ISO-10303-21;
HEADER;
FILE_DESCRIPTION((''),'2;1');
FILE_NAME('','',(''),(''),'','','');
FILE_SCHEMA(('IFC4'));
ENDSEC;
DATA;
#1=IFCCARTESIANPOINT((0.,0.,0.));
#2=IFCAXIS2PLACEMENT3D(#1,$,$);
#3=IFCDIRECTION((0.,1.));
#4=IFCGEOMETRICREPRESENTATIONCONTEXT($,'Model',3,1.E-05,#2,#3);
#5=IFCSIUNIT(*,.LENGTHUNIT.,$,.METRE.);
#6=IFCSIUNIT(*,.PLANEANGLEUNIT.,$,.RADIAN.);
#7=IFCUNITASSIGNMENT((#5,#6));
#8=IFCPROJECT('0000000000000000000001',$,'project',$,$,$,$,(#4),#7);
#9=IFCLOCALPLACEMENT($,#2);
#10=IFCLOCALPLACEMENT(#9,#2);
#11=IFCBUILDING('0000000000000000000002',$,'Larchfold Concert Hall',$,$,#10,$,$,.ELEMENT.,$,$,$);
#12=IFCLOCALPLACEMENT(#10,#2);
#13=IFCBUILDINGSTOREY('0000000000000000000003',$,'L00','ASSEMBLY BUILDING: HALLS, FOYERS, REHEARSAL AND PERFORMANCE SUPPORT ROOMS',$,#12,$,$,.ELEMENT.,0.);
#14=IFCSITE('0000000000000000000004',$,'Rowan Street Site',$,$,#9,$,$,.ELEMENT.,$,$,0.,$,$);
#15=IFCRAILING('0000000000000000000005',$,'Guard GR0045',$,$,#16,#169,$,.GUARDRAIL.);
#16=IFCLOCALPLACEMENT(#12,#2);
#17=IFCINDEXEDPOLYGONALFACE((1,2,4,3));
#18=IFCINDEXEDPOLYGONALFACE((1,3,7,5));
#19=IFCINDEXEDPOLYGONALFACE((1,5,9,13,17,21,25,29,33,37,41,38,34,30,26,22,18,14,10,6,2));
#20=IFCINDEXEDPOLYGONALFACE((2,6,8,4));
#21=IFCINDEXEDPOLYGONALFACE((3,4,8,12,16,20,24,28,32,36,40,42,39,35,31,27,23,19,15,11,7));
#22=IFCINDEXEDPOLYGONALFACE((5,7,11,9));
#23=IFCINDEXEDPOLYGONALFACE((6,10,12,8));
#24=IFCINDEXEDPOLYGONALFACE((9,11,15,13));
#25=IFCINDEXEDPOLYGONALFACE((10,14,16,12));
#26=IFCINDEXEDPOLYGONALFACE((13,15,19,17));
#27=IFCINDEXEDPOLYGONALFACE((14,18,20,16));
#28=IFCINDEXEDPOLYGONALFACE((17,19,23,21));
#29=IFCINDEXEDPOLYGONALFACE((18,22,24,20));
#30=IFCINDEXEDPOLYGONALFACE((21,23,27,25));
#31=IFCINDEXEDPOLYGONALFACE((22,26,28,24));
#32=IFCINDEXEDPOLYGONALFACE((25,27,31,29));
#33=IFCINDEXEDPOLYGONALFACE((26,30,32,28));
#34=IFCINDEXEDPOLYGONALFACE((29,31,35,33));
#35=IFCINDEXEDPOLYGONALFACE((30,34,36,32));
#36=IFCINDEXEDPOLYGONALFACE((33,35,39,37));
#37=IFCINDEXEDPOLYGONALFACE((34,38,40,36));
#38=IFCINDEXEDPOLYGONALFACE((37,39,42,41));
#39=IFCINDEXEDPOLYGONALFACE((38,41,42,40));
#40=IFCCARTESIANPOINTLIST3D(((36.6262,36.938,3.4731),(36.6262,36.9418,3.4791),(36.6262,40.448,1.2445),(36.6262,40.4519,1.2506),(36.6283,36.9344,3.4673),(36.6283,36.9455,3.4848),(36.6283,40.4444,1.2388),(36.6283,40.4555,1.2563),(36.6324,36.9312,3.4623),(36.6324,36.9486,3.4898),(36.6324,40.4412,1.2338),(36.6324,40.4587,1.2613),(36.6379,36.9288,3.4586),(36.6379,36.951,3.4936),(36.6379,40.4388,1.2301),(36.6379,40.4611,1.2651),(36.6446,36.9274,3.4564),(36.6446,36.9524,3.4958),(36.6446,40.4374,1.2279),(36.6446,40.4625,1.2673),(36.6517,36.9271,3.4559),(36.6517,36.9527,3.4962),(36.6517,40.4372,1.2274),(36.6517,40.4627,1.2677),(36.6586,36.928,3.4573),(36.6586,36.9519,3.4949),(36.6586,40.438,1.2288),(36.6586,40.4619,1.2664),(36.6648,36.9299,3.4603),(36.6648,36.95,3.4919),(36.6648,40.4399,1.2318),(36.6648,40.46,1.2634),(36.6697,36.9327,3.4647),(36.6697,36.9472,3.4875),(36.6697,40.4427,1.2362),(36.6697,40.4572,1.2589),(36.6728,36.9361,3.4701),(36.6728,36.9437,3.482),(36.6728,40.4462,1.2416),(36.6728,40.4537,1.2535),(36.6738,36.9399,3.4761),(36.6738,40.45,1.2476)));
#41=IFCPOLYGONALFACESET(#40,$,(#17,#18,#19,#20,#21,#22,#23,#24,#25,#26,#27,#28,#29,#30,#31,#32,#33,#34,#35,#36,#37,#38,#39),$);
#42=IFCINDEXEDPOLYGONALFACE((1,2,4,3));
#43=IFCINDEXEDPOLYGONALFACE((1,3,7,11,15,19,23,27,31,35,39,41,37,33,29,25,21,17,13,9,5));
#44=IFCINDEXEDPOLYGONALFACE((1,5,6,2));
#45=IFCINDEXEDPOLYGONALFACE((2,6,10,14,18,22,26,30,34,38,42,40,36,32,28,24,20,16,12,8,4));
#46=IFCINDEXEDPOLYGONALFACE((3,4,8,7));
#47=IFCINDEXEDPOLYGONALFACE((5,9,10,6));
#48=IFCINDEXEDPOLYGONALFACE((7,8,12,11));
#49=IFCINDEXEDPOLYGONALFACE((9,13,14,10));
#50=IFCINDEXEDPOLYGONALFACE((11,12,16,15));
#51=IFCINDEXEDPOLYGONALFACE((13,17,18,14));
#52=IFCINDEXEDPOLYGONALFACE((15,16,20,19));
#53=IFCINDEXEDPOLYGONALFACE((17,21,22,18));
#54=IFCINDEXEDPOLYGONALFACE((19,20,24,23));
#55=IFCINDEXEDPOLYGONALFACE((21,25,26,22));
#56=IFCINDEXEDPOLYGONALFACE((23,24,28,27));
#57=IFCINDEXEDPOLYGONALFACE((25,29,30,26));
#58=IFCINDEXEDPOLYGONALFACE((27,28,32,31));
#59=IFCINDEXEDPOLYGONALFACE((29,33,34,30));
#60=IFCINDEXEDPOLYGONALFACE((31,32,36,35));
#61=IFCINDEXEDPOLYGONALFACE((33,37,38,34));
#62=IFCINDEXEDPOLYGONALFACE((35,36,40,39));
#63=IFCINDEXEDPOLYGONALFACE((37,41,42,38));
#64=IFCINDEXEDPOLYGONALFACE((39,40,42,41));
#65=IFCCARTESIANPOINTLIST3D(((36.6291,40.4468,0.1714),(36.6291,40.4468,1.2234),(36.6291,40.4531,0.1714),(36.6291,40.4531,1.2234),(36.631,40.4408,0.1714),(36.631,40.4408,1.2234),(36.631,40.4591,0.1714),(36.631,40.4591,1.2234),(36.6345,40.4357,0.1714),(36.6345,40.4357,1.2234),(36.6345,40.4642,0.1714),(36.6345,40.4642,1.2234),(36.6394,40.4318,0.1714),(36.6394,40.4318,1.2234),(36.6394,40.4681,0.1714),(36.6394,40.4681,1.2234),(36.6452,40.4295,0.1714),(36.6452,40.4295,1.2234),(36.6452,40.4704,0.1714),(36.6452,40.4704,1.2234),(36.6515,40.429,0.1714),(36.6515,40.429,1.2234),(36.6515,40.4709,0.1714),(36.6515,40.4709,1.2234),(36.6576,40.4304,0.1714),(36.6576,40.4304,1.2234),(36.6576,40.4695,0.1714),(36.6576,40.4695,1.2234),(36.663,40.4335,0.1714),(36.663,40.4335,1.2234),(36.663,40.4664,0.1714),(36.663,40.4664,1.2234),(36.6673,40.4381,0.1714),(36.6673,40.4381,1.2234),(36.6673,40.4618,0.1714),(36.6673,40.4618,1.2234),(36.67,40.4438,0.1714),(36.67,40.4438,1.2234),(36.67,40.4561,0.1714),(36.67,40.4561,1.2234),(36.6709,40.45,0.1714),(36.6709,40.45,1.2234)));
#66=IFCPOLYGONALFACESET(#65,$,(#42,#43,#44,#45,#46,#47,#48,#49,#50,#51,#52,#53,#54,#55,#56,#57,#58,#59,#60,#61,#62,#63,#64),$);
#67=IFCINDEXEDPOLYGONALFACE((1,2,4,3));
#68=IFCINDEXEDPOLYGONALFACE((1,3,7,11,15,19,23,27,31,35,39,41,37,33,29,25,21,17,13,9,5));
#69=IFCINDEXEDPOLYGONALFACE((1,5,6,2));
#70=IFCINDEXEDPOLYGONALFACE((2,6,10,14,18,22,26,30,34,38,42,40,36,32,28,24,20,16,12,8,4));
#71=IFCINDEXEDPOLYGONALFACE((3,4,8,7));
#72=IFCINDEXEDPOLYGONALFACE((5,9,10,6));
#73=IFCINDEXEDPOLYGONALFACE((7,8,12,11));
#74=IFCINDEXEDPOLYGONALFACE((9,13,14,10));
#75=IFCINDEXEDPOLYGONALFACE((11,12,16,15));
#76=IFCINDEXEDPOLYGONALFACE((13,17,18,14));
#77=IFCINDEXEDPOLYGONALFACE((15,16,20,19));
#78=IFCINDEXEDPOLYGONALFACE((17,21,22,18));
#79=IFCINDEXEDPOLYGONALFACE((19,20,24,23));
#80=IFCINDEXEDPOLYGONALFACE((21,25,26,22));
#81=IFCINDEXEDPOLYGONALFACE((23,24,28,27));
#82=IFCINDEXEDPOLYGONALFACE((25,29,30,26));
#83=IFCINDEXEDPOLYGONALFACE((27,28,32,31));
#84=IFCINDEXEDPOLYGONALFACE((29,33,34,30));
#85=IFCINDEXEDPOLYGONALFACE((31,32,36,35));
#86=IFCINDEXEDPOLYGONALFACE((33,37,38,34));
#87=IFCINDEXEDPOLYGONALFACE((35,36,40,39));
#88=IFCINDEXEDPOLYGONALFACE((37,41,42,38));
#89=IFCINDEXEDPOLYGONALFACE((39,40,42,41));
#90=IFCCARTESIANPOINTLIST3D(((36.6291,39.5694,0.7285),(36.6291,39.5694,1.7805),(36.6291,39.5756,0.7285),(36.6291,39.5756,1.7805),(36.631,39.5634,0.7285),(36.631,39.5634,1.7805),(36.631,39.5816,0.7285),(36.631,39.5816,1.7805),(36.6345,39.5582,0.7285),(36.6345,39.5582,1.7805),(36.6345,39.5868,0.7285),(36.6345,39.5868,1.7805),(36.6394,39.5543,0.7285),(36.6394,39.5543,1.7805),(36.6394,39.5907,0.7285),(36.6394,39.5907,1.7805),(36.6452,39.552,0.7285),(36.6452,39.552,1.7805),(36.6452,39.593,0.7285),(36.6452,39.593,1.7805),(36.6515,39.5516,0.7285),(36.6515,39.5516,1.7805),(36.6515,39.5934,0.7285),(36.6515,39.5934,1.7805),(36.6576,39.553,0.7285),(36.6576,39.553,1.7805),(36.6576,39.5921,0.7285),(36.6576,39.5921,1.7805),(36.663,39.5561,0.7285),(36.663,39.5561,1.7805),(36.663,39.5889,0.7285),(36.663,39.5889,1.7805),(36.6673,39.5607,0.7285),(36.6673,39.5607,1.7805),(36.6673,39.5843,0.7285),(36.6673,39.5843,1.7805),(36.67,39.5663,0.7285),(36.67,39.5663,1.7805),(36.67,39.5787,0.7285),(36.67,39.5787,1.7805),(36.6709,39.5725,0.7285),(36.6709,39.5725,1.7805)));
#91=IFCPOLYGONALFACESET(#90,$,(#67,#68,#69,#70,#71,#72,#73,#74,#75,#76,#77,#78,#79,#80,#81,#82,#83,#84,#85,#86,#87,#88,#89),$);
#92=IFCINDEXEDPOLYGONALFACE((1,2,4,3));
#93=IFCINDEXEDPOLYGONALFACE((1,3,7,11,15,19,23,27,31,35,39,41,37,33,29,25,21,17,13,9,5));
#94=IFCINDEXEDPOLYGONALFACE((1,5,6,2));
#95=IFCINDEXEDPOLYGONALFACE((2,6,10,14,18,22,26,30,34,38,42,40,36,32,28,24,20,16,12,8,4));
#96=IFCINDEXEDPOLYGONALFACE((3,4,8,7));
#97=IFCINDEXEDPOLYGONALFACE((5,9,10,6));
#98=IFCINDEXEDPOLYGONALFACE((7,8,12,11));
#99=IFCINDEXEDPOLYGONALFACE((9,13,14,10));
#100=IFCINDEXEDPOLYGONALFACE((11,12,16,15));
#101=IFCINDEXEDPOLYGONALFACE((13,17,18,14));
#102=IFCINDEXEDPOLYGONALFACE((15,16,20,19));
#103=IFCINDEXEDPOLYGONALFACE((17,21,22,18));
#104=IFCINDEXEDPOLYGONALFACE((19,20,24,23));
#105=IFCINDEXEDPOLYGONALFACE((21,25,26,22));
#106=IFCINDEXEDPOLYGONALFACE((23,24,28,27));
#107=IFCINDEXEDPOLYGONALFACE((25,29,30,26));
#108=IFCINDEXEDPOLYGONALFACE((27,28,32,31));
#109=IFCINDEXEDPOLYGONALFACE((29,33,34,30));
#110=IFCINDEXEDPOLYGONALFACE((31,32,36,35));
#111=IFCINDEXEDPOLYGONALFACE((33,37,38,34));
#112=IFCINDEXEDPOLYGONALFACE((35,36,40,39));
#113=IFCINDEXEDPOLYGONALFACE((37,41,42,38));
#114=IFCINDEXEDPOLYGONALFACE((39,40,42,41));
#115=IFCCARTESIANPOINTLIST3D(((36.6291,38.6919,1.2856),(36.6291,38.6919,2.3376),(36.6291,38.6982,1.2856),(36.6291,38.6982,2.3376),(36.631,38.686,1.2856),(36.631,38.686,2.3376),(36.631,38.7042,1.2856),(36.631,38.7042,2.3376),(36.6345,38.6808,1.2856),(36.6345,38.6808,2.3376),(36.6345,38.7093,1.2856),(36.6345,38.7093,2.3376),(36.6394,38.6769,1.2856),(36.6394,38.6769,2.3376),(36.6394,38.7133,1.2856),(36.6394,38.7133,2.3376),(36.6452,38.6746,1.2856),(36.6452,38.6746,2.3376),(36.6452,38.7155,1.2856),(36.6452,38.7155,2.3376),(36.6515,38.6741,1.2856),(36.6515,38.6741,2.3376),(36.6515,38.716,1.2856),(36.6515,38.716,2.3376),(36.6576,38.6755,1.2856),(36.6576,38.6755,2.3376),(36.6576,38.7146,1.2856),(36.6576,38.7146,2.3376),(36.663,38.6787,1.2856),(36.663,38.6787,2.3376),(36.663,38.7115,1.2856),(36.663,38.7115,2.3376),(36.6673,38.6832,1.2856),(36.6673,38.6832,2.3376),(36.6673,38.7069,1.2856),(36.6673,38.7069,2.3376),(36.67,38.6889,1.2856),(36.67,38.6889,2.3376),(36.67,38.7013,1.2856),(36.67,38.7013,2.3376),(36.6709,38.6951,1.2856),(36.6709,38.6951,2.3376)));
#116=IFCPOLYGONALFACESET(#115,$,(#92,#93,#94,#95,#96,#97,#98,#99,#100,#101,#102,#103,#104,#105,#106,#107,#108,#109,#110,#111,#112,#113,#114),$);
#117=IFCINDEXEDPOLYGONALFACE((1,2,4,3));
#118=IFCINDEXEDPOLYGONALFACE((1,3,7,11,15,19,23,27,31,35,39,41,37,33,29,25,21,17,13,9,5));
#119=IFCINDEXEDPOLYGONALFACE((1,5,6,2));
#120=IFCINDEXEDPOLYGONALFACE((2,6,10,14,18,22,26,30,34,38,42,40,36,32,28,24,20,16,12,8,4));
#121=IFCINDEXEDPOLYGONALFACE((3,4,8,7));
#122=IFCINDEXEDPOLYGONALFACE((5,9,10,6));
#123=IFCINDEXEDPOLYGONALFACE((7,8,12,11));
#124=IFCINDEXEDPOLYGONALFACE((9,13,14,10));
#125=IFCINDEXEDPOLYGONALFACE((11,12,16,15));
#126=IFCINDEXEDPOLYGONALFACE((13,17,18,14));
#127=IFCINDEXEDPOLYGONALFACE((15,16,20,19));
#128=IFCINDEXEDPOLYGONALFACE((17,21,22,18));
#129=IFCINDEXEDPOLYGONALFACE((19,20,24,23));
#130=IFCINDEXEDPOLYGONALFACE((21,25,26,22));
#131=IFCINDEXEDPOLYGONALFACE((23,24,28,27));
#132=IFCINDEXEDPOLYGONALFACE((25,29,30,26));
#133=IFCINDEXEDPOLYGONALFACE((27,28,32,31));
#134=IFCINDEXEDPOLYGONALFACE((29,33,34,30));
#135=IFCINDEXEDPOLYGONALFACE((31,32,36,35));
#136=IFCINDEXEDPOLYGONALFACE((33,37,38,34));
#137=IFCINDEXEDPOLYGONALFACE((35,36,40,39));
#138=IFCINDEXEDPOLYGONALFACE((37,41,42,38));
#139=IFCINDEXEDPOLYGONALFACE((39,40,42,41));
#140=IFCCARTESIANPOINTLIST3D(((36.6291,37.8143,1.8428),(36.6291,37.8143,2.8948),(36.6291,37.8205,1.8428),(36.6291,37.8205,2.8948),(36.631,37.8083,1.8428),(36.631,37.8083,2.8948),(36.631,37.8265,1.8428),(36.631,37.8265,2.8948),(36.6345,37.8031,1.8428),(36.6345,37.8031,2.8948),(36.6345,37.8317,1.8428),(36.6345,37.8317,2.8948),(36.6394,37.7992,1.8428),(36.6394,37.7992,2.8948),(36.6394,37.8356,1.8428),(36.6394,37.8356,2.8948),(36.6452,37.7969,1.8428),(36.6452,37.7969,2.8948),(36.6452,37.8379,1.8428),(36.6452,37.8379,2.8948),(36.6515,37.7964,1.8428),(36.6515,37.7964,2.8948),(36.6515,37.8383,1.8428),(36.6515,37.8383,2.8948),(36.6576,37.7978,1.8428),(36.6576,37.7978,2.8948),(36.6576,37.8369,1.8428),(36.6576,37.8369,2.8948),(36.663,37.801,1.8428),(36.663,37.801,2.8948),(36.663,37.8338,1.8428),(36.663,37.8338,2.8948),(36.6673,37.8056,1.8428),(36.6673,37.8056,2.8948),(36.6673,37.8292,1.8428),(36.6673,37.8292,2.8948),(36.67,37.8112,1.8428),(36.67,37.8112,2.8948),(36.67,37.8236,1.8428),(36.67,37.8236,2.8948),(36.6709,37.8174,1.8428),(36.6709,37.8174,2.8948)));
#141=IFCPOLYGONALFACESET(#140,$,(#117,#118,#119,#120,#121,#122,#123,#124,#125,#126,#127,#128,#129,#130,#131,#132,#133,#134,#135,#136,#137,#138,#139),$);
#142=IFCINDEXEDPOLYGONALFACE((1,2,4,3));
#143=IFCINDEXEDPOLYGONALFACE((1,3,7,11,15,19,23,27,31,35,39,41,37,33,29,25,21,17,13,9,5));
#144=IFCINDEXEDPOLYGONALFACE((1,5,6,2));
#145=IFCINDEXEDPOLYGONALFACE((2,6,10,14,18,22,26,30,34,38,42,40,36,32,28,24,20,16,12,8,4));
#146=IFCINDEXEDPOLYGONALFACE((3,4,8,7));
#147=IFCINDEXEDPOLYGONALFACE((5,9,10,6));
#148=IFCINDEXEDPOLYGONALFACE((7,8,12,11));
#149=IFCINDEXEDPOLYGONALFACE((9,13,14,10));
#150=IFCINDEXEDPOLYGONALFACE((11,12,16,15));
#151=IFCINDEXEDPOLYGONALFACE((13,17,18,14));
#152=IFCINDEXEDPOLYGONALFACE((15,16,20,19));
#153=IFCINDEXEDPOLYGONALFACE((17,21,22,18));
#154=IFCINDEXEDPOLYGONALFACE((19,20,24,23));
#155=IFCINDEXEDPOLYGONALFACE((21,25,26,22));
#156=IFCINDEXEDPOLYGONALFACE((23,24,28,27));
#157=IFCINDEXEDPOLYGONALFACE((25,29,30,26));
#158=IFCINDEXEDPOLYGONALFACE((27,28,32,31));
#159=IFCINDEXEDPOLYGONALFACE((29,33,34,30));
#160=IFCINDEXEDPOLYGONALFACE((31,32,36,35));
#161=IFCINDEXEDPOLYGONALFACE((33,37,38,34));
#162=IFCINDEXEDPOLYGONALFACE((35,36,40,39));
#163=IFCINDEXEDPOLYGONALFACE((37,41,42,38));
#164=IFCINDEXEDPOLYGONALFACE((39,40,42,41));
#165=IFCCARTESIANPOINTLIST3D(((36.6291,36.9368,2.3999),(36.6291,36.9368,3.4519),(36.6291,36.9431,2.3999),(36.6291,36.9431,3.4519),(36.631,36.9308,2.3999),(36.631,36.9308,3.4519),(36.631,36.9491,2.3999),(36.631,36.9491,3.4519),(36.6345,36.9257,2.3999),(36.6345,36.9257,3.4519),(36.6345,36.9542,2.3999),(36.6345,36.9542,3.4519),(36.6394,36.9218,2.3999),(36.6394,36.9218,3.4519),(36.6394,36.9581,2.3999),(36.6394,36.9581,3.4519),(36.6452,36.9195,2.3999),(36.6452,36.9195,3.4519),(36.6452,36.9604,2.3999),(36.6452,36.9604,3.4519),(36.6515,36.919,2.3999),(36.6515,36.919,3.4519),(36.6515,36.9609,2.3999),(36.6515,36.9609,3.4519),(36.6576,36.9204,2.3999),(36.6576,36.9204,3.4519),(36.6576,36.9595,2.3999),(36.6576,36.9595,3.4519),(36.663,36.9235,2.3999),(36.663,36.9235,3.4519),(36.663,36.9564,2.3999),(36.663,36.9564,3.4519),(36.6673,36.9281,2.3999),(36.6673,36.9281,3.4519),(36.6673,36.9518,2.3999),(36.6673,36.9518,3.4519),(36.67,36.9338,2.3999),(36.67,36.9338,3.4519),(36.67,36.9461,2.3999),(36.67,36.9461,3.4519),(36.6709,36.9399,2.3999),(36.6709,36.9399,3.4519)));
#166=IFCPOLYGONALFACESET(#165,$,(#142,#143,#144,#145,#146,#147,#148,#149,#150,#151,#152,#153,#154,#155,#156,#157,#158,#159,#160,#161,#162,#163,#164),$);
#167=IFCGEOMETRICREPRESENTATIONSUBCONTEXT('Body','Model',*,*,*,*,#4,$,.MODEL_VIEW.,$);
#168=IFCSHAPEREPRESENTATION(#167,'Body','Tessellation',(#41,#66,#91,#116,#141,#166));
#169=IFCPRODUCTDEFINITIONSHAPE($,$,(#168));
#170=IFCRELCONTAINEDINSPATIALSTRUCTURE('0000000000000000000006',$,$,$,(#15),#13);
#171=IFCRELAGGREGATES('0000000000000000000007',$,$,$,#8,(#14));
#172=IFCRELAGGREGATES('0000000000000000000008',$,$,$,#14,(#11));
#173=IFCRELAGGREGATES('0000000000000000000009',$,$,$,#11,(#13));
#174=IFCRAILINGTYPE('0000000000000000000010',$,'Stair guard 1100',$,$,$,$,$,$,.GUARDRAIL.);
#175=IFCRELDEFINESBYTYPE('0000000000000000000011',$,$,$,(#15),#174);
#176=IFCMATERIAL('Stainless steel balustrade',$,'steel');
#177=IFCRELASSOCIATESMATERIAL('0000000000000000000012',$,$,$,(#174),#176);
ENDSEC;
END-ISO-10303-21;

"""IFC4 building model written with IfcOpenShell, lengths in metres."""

from ifc_helpers import new_model, si_unit, direction, frame, origin, origin_2d, place, context, subcontext, project, spatial, circle, extrude, material, type_object, element, save


model = new_model("IFC4")

# Units and contexts
model_context = context("Model", 3, precision=1e-05, world=origin(), true_north=direction((0.0, 1.0)))
body_context = subcontext(model_context, "Body", "Model", "MODEL_VIEW")
ifc_project = project(units=[si_unit("LENGTHUNIT", "METRE"), si_unit("PLANEANGLEUNIT", "RADIAN")], contexts=[model_context])

# Site, building, storey
site_placement = place(None, origin())
site = spatial("IfcSite", under=ifc_project, at=site_placement, Name="Rowan Street Site", CompositionType="ELEMENT", RefElevation=0.0)
building_placement = place(site_placement, origin())
building = spatial("IfcBuilding", under=site, at=building_placement, Name="Larchfold Concert Hall", CompositionType="ELEMENT")
storey_placement = place(building_placement, origin())
storey = spatial("IfcBuildingStorey", under=building, at=storey_placement, Name="L00", Description="ASSEMBLY BUILDING: HALLS, FOYERS, REHEARSAL AND PERFORMANCE SUPPORT ROOMS", CompositionType="ELEMENT", Elevation=0.0)

# Railing
ifc_material_1 = material(Name="Stainless steel balustrade", Category="steel")
railing_type_1 = type_object("IfcRailingType", Name="Stair guard 1100", PredefinedType="GUARDRAIL", material=ifc_material_1)
railing_1_placement = place(storey_placement, frame((36.6499, 40.45, 0.1714)))
element("IfcRailing", 1, at=railing_1_placement, inside=storey, type_object=railing_type_1, Name="Guard GR0045", PredefinedType="GUARDRAIL", context=body_context, shape_type="SweptSolid", body=[
    extrude(circle(Radius=0.0239, at=origin_2d()), frame((0.0, 0.0, 1.0762), z_axis=(0.0, -0.84422, 0.535998), x_axis=(1.0, 0.0, 0.0)), (0.0, 0.0, 1.0), 4.1577),
    extrude(circle(Radius=0.021, at=origin_2d()), origin(), (0.0, 0.0, 1.0), 1.052),
    extrude(circle(Radius=0.021, at=origin_2d()), frame((0.0, -0.8774, 0.5571)), (0.0, 0.0, 1.0), 1.052),
    extrude(circle(Radius=0.021, at=origin_2d()), frame((0.0, -1.7549, 1.1143)), (0.0, 0.0, 1.0), 1.052),
    extrude(circle(Radius=0.021, at=origin_2d()), frame((0.0, -2.6326, 1.6714)), (0.0, 0.0, 1.0), 1.052),
    extrude(circle(Radius=0.021, at=origin_2d()), frame((0.0, -3.51, 2.2285)), (0.0, 0.0, 1.0), 1.052),
])

save(model, "model.ifc")
